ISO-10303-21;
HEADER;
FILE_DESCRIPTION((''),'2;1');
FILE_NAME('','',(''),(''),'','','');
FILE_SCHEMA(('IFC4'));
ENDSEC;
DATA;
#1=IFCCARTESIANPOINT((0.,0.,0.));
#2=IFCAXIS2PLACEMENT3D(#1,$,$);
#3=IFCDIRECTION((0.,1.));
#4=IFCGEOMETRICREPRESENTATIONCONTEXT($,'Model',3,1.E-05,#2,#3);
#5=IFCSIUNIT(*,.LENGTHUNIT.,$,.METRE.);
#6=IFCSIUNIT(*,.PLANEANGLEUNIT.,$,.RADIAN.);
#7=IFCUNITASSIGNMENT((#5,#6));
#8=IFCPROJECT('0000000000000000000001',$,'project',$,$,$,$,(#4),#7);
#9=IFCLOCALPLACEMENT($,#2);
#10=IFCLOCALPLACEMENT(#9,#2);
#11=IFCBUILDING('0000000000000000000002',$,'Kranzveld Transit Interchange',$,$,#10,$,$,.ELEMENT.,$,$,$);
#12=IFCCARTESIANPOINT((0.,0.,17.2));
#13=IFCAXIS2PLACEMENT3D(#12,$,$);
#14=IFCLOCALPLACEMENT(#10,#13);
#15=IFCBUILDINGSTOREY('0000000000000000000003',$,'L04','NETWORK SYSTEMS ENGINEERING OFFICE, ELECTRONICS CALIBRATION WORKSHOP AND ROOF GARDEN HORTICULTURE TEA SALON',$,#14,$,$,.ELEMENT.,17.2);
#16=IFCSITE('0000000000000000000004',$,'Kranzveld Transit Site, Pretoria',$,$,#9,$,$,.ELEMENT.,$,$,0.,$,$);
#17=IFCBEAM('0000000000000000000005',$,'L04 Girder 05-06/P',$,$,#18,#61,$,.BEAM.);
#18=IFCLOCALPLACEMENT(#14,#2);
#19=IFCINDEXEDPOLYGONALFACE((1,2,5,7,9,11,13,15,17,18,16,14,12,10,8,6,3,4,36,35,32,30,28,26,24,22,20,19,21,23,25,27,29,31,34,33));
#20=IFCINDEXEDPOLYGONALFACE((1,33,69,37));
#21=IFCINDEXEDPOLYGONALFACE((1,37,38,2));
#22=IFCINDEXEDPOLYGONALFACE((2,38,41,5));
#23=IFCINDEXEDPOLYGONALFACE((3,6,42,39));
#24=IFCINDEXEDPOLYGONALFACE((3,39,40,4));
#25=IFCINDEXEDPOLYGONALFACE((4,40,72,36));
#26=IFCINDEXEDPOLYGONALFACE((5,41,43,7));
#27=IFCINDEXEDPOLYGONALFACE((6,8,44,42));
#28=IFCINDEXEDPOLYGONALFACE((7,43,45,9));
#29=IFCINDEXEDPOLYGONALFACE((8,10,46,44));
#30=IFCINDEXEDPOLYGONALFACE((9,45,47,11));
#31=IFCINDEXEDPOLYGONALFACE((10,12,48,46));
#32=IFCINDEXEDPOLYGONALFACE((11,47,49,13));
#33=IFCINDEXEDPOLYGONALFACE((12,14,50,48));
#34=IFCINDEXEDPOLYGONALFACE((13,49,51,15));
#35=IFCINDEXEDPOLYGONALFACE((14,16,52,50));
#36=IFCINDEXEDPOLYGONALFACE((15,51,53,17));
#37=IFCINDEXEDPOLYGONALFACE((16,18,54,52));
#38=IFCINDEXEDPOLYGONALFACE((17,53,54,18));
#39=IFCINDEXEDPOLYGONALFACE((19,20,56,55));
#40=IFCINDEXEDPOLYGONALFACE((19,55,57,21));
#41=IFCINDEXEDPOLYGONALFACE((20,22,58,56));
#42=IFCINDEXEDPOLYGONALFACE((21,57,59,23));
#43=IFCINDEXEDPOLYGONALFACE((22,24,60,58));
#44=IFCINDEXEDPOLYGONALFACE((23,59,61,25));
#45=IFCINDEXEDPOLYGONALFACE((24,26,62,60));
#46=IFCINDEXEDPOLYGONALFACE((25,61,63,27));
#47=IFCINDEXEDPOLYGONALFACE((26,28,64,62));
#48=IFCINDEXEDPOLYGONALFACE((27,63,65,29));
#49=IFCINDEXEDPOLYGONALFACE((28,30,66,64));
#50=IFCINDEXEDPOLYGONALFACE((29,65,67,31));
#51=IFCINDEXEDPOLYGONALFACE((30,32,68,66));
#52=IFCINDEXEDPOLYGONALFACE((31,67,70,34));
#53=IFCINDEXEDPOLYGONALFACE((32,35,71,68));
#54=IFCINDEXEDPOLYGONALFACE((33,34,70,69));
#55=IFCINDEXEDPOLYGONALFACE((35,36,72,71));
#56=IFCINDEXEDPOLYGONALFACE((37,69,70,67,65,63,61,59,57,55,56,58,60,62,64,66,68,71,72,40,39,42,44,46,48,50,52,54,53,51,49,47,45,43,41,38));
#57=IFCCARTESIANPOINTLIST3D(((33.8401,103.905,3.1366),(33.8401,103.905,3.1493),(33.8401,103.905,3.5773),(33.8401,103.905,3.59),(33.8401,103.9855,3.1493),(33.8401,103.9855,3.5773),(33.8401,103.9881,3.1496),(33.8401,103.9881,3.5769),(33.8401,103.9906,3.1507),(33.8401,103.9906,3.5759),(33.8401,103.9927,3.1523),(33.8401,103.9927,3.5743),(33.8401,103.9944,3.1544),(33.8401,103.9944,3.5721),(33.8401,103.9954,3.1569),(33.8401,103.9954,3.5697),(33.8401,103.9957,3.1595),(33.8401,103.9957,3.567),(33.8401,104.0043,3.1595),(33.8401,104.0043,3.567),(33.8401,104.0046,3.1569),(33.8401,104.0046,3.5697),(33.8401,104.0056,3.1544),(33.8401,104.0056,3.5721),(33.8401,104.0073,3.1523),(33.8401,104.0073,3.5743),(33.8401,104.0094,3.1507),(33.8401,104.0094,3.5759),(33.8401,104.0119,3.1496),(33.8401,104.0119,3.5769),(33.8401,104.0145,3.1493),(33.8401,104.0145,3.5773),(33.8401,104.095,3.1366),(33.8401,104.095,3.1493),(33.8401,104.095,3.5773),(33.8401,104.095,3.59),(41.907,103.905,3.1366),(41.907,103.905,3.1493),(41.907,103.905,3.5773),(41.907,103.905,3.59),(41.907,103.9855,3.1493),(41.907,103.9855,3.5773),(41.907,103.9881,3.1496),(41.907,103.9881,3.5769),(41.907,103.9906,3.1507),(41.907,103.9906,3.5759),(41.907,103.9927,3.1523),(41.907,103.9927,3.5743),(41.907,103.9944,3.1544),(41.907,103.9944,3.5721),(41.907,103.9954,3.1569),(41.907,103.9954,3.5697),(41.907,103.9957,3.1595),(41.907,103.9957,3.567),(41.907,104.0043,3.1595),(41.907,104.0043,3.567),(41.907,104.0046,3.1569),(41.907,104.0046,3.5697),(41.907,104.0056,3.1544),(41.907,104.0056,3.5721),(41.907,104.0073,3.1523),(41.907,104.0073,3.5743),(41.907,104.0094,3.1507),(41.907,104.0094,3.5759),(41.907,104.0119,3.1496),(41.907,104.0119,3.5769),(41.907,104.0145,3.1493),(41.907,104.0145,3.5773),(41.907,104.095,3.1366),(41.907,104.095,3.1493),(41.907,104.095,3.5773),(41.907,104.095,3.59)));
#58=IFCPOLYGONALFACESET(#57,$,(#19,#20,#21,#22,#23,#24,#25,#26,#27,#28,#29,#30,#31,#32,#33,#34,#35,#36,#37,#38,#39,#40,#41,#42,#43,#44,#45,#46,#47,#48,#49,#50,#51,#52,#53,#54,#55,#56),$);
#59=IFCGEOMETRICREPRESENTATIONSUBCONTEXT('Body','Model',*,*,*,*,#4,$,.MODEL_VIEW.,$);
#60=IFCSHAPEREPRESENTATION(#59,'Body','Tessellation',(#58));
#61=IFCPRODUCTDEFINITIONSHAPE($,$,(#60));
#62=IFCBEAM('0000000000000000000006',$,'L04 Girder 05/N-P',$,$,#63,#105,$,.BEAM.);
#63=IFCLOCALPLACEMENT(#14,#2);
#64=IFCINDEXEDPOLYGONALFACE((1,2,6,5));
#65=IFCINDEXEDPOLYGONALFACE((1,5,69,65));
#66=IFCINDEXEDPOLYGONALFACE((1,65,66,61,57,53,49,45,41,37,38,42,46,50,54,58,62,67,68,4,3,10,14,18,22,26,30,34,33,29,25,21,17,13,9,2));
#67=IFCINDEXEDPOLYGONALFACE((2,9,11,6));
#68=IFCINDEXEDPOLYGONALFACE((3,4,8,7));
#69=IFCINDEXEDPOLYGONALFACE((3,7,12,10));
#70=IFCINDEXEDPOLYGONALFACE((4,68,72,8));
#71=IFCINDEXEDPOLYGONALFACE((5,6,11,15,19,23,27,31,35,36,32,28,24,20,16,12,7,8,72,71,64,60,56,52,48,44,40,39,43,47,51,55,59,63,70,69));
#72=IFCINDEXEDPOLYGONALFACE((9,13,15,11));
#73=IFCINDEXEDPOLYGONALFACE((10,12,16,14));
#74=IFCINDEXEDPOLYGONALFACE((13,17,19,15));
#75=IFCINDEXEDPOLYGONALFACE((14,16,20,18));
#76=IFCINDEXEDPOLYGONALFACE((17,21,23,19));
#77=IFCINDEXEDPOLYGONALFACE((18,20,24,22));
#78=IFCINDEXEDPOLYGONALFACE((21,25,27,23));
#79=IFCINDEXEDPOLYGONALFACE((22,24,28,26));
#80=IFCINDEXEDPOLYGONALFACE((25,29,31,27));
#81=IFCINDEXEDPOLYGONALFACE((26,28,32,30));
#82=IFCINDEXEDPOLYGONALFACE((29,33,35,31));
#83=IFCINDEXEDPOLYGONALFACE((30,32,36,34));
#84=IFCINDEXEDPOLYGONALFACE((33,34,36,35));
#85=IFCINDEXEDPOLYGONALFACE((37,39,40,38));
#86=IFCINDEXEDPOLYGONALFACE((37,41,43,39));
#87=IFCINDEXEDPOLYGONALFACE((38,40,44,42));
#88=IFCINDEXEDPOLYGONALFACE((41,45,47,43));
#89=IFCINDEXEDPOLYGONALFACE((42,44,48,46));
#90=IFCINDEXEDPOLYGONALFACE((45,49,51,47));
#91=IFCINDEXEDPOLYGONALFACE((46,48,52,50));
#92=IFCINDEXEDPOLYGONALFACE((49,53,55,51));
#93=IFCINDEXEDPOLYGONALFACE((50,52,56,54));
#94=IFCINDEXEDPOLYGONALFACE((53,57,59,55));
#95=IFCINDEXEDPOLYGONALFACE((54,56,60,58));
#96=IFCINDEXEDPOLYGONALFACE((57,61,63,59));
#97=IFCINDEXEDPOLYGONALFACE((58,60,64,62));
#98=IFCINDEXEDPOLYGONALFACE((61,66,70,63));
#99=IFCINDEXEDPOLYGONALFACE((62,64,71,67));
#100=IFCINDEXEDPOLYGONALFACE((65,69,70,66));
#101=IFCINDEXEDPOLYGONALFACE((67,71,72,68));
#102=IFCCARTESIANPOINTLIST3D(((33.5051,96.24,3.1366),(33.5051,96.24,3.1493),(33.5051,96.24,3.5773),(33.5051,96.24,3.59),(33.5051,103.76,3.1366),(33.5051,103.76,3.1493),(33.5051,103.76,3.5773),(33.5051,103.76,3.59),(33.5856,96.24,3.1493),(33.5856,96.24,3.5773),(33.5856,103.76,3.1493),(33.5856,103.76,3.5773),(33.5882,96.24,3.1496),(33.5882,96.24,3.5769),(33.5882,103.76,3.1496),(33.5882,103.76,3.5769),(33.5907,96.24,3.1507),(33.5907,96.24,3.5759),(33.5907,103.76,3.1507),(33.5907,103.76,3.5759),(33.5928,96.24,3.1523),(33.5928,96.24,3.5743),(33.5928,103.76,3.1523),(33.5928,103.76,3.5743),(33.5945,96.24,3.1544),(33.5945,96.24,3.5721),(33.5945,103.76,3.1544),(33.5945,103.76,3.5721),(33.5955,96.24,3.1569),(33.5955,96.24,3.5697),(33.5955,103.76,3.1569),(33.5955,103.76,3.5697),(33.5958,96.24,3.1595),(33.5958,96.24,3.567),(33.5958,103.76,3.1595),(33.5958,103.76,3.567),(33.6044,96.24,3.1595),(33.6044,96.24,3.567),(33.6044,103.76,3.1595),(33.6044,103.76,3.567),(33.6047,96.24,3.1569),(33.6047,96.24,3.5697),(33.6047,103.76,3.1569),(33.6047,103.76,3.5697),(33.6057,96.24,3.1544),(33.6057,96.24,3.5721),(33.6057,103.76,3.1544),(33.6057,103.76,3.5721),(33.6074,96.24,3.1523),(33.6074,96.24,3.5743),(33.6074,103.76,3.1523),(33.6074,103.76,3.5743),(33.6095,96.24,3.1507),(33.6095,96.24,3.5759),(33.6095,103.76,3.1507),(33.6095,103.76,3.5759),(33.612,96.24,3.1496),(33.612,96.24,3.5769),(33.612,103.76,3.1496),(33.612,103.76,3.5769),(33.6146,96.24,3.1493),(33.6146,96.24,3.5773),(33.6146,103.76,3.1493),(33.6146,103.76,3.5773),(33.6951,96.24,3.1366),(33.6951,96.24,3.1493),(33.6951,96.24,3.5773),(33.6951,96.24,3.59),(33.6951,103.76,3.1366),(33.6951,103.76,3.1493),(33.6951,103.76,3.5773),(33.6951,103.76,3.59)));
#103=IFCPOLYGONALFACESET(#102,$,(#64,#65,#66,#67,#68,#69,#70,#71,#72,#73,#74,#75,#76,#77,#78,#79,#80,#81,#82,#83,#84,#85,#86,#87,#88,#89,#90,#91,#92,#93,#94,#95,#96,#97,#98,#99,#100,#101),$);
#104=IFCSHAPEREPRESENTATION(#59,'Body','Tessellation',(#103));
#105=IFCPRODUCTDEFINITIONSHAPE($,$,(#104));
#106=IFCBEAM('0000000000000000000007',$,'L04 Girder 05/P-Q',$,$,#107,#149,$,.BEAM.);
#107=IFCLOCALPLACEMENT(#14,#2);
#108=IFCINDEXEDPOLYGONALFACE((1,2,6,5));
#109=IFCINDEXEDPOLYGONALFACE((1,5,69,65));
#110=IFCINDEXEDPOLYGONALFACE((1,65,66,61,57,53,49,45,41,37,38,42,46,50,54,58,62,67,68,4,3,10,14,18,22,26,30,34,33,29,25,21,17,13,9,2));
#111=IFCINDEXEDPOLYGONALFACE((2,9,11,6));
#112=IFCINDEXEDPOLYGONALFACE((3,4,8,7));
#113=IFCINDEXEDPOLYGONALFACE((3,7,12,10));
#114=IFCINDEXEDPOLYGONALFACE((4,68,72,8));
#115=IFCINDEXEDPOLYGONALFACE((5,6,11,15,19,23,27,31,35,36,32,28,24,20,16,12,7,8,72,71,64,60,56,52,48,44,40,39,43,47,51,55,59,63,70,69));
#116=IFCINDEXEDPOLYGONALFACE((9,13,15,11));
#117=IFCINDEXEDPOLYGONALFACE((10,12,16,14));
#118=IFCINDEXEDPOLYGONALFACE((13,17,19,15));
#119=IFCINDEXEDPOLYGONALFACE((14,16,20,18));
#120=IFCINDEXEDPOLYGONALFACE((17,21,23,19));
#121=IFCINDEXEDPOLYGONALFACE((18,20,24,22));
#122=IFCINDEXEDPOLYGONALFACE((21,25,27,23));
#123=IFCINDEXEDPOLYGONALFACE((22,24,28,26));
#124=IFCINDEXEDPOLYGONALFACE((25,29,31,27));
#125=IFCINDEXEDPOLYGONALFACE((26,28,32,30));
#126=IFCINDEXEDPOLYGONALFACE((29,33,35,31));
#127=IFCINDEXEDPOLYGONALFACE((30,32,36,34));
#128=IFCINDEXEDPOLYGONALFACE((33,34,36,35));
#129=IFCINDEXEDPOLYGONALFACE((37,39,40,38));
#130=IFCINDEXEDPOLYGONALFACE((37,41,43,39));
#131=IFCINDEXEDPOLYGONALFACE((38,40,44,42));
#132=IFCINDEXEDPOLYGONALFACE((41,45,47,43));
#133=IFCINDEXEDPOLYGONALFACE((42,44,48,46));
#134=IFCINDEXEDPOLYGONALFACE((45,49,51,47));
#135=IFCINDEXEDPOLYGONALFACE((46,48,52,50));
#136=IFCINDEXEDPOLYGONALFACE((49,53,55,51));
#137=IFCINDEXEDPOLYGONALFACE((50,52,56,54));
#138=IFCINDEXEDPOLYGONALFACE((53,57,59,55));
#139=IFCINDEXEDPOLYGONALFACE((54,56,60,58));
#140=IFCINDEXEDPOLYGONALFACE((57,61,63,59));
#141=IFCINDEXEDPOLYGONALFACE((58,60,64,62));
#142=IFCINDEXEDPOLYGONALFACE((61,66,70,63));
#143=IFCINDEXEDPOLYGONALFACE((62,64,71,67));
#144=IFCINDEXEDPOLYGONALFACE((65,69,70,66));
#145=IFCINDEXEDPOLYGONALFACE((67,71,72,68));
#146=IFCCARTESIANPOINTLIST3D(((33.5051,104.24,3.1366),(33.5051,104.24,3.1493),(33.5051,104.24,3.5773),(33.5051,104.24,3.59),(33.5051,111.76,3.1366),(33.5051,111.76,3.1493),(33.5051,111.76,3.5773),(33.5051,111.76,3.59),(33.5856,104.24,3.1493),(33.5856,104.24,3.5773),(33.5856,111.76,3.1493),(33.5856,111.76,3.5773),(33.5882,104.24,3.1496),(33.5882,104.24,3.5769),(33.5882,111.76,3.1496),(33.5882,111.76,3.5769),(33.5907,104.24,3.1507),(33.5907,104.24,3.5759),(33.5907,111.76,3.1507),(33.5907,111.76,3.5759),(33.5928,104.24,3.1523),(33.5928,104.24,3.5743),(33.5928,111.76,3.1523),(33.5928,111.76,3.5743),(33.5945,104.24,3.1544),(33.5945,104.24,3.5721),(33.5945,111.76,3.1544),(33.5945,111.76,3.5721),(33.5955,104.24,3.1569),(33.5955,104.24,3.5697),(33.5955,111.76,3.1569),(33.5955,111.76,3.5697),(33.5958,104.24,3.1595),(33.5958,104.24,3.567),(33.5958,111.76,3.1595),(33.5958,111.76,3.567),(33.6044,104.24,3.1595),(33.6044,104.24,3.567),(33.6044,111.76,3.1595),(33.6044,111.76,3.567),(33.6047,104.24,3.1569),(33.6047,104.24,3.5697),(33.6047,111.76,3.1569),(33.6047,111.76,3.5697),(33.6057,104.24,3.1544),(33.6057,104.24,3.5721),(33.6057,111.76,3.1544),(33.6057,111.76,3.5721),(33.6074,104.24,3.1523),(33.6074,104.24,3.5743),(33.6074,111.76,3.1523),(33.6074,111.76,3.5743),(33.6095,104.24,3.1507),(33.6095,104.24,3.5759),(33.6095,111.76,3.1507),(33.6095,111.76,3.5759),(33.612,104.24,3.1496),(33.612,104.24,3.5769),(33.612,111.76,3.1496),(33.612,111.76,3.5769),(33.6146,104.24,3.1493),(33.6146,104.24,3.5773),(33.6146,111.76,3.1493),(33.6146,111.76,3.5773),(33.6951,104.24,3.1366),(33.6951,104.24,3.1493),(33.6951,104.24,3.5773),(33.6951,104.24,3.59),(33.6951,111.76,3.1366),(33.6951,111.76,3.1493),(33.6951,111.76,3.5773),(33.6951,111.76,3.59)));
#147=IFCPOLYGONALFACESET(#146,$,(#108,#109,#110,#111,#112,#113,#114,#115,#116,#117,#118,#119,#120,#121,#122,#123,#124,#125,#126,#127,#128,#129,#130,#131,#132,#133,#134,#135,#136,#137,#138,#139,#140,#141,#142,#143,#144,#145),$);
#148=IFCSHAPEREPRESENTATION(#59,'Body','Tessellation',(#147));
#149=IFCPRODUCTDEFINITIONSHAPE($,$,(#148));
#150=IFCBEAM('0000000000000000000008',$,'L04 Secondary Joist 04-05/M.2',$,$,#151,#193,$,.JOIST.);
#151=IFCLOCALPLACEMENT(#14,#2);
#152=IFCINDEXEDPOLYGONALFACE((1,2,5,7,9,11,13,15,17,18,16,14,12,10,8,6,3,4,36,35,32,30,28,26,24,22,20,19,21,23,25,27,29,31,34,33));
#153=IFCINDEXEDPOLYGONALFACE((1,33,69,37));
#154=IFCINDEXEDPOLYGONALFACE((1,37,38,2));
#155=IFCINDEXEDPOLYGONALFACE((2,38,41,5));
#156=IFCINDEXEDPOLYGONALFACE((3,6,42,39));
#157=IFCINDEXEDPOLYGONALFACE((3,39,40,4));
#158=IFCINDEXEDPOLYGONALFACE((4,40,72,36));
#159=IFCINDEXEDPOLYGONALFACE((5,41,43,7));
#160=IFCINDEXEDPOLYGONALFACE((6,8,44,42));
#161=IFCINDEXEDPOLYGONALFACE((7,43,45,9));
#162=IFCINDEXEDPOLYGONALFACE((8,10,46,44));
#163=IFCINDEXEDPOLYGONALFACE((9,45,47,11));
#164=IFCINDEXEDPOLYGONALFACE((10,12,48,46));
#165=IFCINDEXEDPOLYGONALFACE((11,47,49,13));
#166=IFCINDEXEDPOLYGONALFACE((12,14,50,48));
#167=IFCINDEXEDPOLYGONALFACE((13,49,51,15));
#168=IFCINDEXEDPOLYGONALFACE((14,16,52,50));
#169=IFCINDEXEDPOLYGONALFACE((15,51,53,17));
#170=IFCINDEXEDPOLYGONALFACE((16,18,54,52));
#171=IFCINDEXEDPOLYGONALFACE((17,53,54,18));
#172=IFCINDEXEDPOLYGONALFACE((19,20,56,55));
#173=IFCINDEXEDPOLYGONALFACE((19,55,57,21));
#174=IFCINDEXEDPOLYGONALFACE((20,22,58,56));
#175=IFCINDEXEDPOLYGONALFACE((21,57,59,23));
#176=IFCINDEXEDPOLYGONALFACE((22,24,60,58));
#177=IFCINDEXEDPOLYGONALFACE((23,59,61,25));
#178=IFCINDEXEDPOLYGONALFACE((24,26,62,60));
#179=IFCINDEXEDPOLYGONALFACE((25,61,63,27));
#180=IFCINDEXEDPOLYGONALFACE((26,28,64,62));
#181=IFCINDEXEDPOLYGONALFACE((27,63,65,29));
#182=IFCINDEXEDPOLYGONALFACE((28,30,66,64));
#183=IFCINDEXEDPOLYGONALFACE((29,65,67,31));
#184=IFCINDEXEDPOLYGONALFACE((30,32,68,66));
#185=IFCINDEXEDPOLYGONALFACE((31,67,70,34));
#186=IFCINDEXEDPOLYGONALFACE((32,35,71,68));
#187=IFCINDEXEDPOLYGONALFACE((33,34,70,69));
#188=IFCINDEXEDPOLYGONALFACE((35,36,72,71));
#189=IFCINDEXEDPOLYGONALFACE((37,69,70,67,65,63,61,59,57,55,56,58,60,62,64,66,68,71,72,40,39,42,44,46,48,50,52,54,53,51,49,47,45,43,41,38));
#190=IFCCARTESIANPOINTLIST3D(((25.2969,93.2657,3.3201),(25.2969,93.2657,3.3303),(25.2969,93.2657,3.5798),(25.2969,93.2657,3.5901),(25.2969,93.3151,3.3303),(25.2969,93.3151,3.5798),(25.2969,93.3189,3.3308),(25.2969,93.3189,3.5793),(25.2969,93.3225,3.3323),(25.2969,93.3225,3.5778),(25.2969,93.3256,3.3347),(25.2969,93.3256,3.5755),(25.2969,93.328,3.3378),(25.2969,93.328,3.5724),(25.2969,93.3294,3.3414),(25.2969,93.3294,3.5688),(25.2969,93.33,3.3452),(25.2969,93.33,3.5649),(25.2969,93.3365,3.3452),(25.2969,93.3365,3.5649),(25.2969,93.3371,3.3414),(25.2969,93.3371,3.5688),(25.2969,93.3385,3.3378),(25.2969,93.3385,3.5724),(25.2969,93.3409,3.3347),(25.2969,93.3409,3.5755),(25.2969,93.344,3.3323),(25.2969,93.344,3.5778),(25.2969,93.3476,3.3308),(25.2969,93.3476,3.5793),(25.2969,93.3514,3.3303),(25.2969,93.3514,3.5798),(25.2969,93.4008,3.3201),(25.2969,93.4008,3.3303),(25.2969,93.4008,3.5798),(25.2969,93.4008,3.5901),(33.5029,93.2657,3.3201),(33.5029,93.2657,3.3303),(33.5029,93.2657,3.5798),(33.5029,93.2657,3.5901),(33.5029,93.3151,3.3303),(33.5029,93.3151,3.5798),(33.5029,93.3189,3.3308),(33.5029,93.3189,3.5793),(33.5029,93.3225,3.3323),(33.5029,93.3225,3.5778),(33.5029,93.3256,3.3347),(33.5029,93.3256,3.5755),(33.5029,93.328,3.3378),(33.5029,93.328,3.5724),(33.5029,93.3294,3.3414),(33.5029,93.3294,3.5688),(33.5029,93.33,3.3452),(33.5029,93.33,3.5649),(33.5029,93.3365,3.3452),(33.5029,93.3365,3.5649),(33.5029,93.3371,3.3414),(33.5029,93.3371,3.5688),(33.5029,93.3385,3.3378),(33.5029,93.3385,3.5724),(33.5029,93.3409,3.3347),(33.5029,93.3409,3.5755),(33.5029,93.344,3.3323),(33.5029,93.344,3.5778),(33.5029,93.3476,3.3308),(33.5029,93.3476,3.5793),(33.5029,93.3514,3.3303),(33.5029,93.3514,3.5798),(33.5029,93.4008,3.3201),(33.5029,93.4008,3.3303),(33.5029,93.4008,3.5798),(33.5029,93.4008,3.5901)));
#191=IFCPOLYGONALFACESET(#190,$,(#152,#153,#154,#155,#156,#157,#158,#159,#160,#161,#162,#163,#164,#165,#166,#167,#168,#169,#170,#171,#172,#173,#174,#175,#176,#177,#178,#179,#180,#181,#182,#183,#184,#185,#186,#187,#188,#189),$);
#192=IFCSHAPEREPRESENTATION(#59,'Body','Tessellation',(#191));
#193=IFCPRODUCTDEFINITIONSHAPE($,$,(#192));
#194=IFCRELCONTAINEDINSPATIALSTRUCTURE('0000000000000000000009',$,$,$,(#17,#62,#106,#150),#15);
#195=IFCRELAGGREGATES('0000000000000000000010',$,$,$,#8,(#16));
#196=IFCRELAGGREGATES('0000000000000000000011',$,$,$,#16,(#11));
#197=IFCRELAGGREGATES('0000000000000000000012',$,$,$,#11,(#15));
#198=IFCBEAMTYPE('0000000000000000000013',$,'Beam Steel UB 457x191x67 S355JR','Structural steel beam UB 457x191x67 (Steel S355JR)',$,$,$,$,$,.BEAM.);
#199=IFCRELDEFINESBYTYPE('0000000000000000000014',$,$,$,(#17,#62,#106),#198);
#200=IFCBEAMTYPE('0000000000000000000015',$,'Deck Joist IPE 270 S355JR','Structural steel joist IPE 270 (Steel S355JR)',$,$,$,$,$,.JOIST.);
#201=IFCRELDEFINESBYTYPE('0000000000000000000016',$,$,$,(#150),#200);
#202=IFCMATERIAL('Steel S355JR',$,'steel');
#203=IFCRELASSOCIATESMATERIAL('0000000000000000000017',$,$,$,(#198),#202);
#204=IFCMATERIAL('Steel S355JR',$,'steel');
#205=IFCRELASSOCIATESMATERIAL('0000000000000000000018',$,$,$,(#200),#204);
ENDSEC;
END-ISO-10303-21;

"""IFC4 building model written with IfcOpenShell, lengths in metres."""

from ifc_helpers import new_model, si_unit, direction, frame, origin, origin_2d, place, context, subcontext, project, spatial, i_section, extrude, material, material_profile, profile_set, type_object, element, save


model = new_model("IFC4")

# Units and contexts
model_context = context("Model", 3, precision=1e-05, world=origin(), true_north=direction((0.0, 1.0)))
body_context = subcontext(model_context, "Body", "Model", "MODEL_VIEW")
ifc_project = project(units=[si_unit("LENGTHUNIT", "METRE"), si_unit("PLANEANGLEUNIT", "RADIAN")], contexts=[model_context])

# Site, building, storey
site_placement = place(None, origin())
site = spatial("IfcSite", under=ifc_project, at=site_placement, Name="Kranzveld Transit Site, Pretoria", CompositionType="ELEMENT", RefElevation=0.0)
building_placement = place(site_placement, origin())
building = spatial("IfcBuilding", under=site, at=building_placement, Name="Kranzveld Transit Interchange", CompositionType="ELEMENT")
storey_placement = place(building_placement, frame((0.0, 0.0, 17.2)))
storey = spatial("IfcBuildingStorey", under=building, at=storey_placement, Name="L04", Description="NETWORK SYSTEMS ENGINEERING OFFICE, ELECTRONICS CALIBRATION WORKSHOP AND ROOF GARDEN HORTICULTURE TEA SALON", CompositionType="ELEMENT", Elevation=17.2)

# Beams
ifc_material_1 = material(Name="Steel S355JR", Category="steel")
ifc_material_profile_1 = material_profile(ifc_material_1, i_section(OverallWidth=0.1899, OverallDepth=0.4534, WebThickness=0.0085, FlangeThickness=0.0127, FilletRadius=0.0103, at=origin_2d()), Name="UB 457x191x67")
ifc_profile_set_1 = profile_set([ifc_material_profile_1], Name="Steel S355JR")
beam_type_1 = type_object("IfcBeamType", Name="Beam Steel UB 457x191x67 S355JR", Description="Structural steel beam UB 457x191x67 (Steel S355JR)", PredefinedType="BEAM", material=ifc_profile_set_1)
beam_1_placement = place(storey_placement, frame((33.8401, 104.0, 3.3633), z_axis=(1.0, 0.0, 0.0), x_axis=(0.0, 1.0, 0.0)))
element("IfcBeam", 1, at=beam_1_placement, inside=storey, type_object=beam_type_1, Name="L04 Girder 05-06/P", PredefinedType="BEAM", context=body_context, shape_type="SweptSolid", body=[
    extrude(i_section(OverallWidth=0.1899, OverallDepth=0.4534, WebThickness=0.0085, FlangeThickness=0.0127, FilletRadius=0.0103, at=origin_2d()), origin(), (0.0, 0.0, 1.0), 8.0669),
])
for number, where, z_axis, x_axis, name in (
    (2, (33.6001, 96.24, 3.3633), (0.0, 1.0, 0.0), (-1.0, 0.0, 0.0), "L04 Girder 05/N-P"),
    (3, (33.6001, 104.24, 3.3633), (0.0, 1.0, 0.0), (-1.0, 0.0, 0.0), "L04 Girder 05/P-Q"),
):
    element("IfcBeam", number, at=place(storey_placement, frame(where, z_axis=z_axis, x_axis=x_axis)), inside=storey, type_object=beam_type_1, Name=name, PredefinedType="BEAM", context=body_context, shape_type="SweptSolid", body=[
        extrude(i_section(OverallWidth=0.1899, OverallDepth=0.4534, WebThickness=0.0085, FlangeThickness=0.0127, FilletRadius=0.0103, at=origin_2d()), origin(), (0.0, 0.0, 1.0), 7.52),
    ])
ifc_material_2 = material(Name="Steel S355JR", Category="steel")
ifc_material_profile_2 = material_profile(ifc_material_2, i_section(OverallWidth=0.135, OverallDepth=0.27, WebThickness=0.0066, FlangeThickness=0.0103, FilletRadius=0.0149, at=origin_2d()), Name="IPE 270")
ifc_profile_set_2 = profile_set([ifc_material_profile_2], Name="Steel S355JR")
beam_type_2 = type_object("IfcBeamType", Name="Deck Joist IPE 270 S355JR", Description="Structural steel joist IPE 270 (Steel S355JR)", PredefinedType="JOIST", material=ifc_profile_set_2)
for number, where, z_axis, x_axis, name in (
    (4, (25.2969, 93.3333, 3.4551), (1.0, 0.0, 0.0), (0.0, 1.0, 0.0), "L04 Secondary Joist 04-05/M.2"),
):
    element("IfcBeam", number, at=place(storey_placement, frame(where, z_axis=z_axis, x_axis=x_axis)), inside=storey, type_object=beam_type_2, Name=name, PredefinedType="JOIST", context=body_context, shape_type="SweptSolid", body=[
        extrude(i_section(OverallWidth=0.135, OverallDepth=0.27, WebThickness=0.0066, FlangeThickness=0.0103, FilletRadius=0.0149, at=origin_2d()), origin(), (0.0, 0.0, 1.0), 8.2061),
    ])

save(model, "model.ifc")
